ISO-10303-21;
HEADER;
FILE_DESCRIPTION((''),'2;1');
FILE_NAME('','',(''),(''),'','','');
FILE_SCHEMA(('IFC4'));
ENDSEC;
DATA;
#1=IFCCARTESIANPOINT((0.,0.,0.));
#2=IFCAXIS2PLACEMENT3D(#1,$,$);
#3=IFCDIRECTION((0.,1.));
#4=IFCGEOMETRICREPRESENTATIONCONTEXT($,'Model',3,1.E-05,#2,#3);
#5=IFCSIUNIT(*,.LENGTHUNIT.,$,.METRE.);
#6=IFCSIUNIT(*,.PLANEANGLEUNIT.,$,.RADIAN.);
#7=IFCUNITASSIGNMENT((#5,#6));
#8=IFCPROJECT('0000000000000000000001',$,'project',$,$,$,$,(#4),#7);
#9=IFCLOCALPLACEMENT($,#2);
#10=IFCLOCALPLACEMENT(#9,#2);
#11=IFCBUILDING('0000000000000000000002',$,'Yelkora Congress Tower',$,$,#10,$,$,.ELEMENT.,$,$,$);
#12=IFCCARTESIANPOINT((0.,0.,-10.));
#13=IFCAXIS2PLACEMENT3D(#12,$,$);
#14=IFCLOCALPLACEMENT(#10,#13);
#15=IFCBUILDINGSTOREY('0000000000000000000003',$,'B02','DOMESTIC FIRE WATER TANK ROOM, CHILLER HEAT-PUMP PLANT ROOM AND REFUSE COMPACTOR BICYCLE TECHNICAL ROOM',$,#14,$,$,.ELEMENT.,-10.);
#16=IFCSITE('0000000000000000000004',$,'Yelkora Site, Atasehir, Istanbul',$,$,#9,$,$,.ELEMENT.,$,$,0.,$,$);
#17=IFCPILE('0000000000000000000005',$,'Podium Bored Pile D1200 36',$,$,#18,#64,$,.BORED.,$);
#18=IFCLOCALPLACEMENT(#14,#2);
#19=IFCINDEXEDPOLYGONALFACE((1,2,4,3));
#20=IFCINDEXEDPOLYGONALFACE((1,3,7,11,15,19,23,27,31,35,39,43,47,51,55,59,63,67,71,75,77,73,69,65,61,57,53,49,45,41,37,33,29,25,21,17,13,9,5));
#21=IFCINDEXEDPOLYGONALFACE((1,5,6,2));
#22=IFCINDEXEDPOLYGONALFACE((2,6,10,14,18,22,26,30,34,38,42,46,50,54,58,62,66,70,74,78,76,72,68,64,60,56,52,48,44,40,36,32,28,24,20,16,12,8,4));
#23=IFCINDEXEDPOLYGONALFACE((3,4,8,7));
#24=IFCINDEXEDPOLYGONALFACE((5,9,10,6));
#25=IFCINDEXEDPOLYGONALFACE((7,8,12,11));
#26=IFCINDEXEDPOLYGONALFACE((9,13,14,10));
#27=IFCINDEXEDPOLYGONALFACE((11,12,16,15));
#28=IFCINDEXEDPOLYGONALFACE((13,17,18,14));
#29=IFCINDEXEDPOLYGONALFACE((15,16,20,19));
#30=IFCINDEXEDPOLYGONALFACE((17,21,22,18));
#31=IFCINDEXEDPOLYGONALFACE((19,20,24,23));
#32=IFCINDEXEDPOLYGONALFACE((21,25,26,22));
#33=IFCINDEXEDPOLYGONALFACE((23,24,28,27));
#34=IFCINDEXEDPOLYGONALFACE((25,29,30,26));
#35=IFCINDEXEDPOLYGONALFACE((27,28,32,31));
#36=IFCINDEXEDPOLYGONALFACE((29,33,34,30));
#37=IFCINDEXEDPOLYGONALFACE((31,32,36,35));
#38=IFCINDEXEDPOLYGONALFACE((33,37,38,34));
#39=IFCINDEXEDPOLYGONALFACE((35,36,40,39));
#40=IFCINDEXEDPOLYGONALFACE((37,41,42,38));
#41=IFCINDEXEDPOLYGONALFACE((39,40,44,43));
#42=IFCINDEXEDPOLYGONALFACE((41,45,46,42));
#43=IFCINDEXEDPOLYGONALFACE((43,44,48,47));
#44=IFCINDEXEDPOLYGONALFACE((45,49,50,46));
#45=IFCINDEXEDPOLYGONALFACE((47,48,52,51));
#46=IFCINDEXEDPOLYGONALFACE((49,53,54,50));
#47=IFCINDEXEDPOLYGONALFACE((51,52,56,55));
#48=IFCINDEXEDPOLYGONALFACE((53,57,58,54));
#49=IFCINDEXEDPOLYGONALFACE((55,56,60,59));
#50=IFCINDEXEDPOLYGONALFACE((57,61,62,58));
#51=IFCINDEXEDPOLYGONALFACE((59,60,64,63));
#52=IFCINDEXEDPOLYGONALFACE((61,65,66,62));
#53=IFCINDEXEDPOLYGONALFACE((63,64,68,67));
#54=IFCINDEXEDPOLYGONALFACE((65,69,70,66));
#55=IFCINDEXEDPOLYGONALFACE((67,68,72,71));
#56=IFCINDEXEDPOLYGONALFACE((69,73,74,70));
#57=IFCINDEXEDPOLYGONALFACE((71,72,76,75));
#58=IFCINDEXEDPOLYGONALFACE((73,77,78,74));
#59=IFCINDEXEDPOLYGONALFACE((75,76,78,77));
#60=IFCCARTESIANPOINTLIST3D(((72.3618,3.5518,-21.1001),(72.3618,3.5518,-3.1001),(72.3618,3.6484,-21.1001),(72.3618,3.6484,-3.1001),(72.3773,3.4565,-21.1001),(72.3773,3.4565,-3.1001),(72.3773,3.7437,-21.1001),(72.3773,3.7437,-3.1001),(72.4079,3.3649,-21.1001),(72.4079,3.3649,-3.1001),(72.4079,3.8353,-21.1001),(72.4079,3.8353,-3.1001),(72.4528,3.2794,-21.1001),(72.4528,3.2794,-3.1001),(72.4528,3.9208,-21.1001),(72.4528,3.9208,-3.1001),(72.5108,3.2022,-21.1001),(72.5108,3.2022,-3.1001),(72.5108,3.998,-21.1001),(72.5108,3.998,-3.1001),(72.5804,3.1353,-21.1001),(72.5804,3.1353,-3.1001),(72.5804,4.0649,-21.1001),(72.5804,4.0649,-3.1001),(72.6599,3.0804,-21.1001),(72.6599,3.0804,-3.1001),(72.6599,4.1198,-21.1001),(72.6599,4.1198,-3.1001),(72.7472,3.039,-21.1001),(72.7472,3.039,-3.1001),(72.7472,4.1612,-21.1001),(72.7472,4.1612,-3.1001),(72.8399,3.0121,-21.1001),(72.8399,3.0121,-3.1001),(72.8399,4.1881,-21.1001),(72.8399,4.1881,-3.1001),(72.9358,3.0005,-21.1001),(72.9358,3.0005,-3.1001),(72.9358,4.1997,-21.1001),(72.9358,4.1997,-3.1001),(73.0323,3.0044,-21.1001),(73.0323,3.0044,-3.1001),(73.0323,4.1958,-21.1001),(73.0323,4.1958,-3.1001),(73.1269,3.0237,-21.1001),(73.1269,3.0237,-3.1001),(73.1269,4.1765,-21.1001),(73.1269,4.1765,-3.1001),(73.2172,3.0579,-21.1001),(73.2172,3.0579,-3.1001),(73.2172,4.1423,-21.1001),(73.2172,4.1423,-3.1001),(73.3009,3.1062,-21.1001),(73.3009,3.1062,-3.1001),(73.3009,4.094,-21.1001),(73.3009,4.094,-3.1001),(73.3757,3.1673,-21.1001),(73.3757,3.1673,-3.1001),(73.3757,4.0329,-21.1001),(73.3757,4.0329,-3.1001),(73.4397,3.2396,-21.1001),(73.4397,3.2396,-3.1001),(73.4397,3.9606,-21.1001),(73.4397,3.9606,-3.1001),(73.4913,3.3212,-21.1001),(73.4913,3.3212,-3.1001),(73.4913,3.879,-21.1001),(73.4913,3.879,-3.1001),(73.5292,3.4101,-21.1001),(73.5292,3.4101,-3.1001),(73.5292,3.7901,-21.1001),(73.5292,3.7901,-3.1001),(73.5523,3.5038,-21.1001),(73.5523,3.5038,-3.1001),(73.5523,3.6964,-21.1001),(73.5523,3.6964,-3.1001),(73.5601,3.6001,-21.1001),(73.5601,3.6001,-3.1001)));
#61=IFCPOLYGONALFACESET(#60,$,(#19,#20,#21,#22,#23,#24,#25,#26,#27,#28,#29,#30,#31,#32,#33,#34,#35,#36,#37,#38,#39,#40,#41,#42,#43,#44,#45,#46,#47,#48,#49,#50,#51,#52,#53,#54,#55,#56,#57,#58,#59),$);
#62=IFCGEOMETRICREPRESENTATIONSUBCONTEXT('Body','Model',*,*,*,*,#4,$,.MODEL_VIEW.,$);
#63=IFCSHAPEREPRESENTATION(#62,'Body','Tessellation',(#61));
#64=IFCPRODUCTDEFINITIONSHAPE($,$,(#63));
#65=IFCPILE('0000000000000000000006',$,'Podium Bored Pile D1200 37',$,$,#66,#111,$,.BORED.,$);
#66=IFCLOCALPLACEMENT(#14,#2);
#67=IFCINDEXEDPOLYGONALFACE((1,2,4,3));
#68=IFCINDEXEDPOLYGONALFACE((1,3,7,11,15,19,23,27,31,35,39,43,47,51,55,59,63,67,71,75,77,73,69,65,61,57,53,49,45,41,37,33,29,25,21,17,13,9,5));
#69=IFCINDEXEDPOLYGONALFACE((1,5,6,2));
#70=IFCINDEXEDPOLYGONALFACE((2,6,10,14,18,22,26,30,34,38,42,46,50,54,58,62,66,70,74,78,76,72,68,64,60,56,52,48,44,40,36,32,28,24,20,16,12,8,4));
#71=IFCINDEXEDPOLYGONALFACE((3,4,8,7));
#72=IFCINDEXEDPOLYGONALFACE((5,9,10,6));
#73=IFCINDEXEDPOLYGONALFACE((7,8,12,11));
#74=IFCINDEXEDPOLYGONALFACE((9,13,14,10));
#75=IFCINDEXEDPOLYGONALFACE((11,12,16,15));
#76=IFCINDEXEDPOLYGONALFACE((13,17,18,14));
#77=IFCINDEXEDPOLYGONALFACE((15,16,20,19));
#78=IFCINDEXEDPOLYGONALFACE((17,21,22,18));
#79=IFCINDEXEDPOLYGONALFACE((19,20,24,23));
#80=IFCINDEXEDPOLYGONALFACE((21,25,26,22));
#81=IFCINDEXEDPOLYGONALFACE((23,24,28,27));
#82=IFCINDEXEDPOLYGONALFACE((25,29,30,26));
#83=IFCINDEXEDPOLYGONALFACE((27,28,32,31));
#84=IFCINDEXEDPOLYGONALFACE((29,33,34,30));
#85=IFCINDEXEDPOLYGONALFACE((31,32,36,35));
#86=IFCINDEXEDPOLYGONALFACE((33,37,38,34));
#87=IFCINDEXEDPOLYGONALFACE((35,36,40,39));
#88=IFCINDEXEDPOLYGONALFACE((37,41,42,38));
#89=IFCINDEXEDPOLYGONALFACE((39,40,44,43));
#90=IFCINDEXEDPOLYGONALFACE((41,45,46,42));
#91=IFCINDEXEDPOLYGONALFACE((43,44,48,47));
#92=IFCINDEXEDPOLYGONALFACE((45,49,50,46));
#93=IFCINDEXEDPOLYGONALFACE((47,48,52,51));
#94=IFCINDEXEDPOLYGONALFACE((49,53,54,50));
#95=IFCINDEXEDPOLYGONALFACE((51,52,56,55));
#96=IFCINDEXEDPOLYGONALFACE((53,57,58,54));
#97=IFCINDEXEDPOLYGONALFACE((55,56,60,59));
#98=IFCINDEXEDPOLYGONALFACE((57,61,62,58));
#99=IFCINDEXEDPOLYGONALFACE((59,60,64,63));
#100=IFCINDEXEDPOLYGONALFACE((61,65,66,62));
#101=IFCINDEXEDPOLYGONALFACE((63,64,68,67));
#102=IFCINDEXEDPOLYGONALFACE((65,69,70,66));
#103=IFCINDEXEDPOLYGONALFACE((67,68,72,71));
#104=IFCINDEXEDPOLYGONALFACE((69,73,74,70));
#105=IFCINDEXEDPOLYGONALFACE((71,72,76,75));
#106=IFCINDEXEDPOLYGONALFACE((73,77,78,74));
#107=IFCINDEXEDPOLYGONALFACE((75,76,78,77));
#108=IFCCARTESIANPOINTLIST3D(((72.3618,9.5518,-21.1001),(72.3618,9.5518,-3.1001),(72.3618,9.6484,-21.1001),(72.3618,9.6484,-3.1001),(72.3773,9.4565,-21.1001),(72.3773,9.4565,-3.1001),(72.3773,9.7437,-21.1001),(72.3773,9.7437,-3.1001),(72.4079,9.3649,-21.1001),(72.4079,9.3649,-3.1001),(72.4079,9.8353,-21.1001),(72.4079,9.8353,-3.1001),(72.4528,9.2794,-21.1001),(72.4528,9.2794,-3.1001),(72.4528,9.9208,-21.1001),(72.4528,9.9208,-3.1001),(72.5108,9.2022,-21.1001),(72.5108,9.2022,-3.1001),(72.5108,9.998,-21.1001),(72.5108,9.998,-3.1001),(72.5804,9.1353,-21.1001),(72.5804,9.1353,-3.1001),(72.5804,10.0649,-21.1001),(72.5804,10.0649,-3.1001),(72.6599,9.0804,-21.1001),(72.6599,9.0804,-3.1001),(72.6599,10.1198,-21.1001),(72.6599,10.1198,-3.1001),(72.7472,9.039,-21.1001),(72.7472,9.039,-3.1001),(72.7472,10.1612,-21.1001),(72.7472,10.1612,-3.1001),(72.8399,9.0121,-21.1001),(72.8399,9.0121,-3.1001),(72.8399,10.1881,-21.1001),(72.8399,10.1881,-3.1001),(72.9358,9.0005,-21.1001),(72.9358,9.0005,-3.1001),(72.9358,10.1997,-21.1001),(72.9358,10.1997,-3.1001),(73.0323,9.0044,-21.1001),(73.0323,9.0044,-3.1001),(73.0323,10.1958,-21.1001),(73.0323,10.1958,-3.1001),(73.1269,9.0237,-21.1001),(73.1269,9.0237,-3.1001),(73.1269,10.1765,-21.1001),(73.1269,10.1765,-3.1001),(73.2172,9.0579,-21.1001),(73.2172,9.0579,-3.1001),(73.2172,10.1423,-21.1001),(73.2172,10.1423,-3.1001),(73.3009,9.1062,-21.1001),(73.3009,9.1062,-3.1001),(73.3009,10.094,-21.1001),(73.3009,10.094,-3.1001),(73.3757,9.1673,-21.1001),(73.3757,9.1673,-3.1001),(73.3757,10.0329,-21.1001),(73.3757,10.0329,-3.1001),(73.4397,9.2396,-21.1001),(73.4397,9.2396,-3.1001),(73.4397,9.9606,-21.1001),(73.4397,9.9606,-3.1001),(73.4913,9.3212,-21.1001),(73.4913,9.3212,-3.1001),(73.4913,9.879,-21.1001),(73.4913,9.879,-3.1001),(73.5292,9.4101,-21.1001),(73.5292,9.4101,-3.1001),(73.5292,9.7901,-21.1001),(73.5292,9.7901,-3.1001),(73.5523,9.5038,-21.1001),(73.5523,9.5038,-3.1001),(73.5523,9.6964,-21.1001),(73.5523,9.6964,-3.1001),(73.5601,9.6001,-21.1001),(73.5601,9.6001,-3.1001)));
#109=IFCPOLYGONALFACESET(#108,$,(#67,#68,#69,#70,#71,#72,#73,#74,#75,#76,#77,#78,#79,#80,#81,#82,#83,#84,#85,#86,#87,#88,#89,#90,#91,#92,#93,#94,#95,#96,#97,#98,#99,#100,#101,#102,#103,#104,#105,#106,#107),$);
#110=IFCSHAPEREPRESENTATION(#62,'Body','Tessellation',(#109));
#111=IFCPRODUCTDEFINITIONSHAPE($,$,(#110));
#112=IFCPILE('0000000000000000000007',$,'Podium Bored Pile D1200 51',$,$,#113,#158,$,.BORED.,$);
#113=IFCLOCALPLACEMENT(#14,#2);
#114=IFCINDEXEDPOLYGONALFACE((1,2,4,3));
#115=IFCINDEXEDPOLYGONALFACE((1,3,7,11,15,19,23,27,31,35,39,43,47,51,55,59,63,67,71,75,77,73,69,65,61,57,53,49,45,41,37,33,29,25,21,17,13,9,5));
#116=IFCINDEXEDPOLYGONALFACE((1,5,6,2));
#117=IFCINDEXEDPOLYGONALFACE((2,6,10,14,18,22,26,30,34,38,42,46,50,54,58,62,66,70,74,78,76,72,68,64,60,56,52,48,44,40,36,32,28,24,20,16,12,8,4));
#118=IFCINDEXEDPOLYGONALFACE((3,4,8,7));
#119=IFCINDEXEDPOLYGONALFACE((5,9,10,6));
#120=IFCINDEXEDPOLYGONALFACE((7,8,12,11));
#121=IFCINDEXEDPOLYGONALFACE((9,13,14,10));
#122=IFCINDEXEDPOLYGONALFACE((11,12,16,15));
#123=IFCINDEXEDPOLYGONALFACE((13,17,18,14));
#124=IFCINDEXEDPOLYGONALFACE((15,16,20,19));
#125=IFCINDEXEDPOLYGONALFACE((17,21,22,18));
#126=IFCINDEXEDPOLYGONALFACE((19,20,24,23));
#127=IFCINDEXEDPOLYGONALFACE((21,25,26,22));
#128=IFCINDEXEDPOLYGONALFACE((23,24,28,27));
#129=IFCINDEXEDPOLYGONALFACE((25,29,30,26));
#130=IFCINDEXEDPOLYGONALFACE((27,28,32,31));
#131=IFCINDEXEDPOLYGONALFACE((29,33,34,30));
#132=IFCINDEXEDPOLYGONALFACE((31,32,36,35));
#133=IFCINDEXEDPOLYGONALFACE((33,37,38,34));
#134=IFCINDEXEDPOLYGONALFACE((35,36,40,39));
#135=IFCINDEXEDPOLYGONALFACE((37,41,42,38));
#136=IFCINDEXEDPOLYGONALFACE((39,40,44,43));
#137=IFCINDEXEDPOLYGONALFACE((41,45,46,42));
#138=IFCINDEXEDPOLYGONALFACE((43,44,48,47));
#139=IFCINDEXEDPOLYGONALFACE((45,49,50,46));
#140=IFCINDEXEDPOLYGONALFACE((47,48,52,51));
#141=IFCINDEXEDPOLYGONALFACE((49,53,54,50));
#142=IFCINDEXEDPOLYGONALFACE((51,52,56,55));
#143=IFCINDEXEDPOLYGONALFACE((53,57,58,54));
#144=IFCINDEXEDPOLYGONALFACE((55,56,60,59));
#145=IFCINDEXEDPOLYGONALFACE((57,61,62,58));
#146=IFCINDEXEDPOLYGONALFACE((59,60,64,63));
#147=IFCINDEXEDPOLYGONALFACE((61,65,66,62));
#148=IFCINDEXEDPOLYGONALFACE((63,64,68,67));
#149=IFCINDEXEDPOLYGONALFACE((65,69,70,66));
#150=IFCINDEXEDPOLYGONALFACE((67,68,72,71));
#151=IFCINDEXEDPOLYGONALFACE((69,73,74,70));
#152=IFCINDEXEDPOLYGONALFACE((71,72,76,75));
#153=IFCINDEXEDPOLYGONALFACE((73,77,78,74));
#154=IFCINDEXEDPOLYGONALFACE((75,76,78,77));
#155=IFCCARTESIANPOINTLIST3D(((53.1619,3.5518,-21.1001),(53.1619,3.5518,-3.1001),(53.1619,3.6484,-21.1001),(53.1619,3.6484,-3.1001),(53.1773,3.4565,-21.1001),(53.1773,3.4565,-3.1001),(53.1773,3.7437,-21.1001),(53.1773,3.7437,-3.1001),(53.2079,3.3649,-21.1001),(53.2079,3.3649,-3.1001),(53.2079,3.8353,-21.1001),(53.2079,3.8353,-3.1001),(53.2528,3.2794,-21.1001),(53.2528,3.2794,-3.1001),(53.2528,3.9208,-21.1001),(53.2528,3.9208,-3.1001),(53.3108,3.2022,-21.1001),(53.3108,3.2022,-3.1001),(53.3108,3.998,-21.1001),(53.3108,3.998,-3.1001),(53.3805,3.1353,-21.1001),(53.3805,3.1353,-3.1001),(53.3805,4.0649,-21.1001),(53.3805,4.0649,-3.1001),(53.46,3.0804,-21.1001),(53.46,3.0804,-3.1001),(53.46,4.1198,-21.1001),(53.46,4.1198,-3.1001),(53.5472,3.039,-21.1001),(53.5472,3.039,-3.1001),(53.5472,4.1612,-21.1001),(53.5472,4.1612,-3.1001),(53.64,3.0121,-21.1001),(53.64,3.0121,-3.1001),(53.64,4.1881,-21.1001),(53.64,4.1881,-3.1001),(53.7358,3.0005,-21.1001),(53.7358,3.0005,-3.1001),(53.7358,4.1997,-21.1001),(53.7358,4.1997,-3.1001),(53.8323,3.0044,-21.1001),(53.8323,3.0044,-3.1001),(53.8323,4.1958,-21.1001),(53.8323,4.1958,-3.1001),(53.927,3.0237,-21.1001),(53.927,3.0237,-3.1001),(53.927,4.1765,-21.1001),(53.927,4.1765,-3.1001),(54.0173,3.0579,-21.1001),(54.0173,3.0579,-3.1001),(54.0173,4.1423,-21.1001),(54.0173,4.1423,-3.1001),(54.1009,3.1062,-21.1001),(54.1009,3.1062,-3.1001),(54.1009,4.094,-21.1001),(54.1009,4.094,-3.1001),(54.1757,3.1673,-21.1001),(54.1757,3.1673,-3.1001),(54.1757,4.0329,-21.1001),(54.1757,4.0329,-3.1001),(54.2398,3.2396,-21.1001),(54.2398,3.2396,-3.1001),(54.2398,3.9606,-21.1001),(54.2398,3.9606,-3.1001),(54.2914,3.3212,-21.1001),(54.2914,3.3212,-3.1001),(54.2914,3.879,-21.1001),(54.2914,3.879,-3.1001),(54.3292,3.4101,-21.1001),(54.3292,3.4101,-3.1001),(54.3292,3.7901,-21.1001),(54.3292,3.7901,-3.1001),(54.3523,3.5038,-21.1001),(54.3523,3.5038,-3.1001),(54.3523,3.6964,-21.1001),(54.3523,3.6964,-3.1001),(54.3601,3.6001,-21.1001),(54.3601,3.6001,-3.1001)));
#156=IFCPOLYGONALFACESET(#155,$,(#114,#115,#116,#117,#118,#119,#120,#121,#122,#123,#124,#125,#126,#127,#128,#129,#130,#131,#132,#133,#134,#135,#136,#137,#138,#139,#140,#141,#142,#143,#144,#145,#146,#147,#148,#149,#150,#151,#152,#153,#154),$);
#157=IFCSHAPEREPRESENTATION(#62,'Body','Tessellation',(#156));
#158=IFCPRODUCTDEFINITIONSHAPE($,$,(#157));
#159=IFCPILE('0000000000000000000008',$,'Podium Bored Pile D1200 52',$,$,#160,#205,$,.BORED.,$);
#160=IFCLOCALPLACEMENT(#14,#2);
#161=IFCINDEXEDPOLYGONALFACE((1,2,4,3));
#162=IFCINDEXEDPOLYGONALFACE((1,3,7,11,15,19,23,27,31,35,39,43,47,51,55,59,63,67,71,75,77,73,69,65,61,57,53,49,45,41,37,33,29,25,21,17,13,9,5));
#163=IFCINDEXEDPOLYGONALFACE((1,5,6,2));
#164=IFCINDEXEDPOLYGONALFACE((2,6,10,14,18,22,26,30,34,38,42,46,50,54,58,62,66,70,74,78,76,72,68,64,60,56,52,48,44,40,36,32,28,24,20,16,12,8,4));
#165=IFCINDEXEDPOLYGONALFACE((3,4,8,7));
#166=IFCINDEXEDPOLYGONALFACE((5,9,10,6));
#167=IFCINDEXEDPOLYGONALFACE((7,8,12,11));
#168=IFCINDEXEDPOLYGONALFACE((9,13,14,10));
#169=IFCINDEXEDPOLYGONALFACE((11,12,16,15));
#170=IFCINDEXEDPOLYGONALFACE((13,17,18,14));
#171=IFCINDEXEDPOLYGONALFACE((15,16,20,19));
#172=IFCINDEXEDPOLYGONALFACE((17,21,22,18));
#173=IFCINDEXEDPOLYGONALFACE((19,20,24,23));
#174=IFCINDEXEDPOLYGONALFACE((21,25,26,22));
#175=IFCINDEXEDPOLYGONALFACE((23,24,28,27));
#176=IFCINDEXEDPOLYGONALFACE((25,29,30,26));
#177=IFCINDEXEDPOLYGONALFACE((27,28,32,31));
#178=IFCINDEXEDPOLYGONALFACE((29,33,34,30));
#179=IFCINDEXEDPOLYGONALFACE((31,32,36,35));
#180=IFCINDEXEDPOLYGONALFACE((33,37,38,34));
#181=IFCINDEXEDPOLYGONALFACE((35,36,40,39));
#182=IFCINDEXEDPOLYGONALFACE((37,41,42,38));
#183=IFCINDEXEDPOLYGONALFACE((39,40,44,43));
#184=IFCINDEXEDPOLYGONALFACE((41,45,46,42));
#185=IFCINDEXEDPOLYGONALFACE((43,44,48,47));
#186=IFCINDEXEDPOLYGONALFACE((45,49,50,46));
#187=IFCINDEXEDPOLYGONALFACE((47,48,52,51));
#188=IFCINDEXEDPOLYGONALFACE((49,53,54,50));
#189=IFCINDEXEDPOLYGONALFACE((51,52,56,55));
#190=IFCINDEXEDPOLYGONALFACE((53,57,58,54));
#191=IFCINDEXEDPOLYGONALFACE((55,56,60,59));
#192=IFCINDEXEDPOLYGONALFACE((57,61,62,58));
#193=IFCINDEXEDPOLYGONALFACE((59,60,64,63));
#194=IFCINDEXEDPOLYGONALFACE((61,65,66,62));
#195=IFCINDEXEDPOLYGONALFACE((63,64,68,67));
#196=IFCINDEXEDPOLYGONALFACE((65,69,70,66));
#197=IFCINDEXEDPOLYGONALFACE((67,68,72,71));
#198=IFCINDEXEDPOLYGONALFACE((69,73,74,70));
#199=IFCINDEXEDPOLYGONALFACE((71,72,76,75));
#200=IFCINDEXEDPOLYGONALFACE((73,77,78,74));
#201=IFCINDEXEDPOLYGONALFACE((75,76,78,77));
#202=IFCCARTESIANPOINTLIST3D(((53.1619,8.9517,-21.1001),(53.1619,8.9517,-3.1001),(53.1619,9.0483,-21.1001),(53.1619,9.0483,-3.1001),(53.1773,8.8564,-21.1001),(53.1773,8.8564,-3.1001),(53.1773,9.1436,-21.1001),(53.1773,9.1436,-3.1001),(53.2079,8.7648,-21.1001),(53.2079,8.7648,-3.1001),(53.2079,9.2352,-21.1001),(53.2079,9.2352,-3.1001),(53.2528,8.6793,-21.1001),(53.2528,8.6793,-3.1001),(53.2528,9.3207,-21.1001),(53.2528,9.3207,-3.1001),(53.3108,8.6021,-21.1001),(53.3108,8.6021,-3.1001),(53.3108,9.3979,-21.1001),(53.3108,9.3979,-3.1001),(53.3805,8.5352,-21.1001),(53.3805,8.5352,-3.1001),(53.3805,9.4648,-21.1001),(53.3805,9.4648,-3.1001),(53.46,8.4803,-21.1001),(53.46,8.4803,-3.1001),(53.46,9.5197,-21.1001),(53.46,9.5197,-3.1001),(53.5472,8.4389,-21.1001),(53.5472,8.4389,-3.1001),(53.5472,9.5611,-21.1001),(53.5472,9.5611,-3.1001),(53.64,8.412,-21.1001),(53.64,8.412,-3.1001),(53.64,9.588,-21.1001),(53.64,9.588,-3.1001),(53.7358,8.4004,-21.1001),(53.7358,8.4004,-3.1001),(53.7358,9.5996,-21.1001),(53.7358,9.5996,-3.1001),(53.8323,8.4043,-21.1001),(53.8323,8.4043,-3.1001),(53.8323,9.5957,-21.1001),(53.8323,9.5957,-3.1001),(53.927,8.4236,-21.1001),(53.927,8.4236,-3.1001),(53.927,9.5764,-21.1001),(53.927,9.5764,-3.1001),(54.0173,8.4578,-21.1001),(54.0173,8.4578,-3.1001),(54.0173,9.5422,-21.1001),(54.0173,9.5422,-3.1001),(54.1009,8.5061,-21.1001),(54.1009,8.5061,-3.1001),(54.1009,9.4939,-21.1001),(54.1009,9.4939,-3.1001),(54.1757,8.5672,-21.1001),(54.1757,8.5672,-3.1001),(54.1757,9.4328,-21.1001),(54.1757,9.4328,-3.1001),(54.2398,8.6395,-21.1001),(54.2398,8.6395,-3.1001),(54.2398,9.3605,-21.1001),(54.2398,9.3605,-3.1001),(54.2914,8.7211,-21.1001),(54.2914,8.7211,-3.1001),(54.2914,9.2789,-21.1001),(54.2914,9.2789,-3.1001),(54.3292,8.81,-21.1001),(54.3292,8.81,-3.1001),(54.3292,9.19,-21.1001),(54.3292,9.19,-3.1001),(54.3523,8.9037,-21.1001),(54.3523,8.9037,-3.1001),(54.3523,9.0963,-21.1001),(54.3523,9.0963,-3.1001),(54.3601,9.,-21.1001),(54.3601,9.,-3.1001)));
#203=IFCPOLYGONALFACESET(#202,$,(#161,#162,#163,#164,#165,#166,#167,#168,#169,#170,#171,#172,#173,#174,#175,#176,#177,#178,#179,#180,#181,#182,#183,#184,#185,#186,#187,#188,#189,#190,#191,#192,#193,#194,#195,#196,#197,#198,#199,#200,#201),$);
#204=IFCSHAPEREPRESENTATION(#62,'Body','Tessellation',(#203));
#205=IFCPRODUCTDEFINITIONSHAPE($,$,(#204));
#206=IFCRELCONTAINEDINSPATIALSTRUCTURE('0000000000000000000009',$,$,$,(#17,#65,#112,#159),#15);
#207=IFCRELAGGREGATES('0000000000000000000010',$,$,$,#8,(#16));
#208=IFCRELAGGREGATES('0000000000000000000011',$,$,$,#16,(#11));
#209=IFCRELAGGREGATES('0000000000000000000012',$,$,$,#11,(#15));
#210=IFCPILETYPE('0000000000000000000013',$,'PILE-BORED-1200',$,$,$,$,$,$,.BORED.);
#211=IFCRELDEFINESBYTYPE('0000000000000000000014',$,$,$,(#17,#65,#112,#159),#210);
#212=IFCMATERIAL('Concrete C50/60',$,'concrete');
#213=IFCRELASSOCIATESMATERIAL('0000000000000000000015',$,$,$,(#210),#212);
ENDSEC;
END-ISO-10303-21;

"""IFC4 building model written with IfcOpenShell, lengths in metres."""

from ifc_helpers import new_model, si_unit, direction, frame, origin, origin_2d, place, context, subcontext, project, spatial, circle, extrude, material, material_profile, profile_set, type_object, element, save


model = new_model("IFC4")

# Units and contexts
model_context = context("Model", 3, precision=1e-05, world=origin(), true_north=direction((0.0, 1.0)))
body_context = subcontext(model_context, "Body", "Model", "MODEL_VIEW")
ifc_project = project(units=[si_unit("LENGTHUNIT", "METRE"), si_unit("PLANEANGLEUNIT", "RADIAN")], contexts=[model_context])

# Site, building, storey
site_placement = place(None, origin())
site = spatial("IfcSite", under=ifc_project, at=site_placement, Name="Yelkora Site, Atasehir, Istanbul", CompositionType="ELEMENT", RefElevation=0.0)
building_placement = place(site_placement, origin())
building = spatial("IfcBuilding", under=site, at=building_placement, Name="Yelkora Congress Tower", CompositionType="ELEMENT")
storey_placement = place(building_placement, frame((0.0, 0.0, -10.0)))
storey = spatial("IfcBuildingStorey", under=building, at=storey_placement, Name="B02", Description="DOMESTIC FIRE WATER TANK ROOM, CHILLER HEAT-PUMP PLANT ROOM AND REFUSE COMPACTOR BICYCLE TECHNICAL ROOM", CompositionType="ELEMENT", Elevation=-10.0)

# Piles
ifc_material_1 = material(Name="Concrete C50/60", Category="concrete")
ifc_material_profile_1 = material_profile(ifc_material_1, circle(Radius=0.6001, at=origin_2d()), Name="PILE D1200")
ifc_profile_set_1 = profile_set([ifc_material_profile_1], Name="Concrete C50/60")
pile_type_1 = type_object("IfcPileType", Name="PILE-BORED-1200", PredefinedType="BORED", material=ifc_profile_set_1)
for number, where, z_axis, x_axis, name in (
    (1, (72.96, 3.6001, -3.1001), (0.0, 0.0, -1.0), (1.0, 0.0, 0.0), "Podium Bored Pile D1200 36"),
    (2, (72.96, 9.6001, -3.1001), (0.0, 0.0, -1.0), (1.0, 0.0, 0.0), "Podium Bored Pile D1200 37"),
    (3, (53.76, 3.6001, -3.1001), (0.0, 0.0, -1.0), (1.0, 0.0, 0.0), "Podium Bored Pile D1200 51"),
    (4, (53.76, 9.0, -3.1001), (0.0, 0.0, -1.0), (1.0, 0.0, 0.0), "Podium Bored Pile D1200 52"),
):
    element("IfcPile", number, at=place(storey_placement, frame(where, z_axis=z_axis, x_axis=x_axis)), inside=storey, type_object=pile_type_1, Name=name, PredefinedType="BORED", context=body_context, shape_type="SweptSolid", body=[
        extrude(circle(Radius=0.6001, at=origin_2d()), origin(), (0.0, 0.0, 1.0), 18.0),
    ])

save(model, "model.ifc")
